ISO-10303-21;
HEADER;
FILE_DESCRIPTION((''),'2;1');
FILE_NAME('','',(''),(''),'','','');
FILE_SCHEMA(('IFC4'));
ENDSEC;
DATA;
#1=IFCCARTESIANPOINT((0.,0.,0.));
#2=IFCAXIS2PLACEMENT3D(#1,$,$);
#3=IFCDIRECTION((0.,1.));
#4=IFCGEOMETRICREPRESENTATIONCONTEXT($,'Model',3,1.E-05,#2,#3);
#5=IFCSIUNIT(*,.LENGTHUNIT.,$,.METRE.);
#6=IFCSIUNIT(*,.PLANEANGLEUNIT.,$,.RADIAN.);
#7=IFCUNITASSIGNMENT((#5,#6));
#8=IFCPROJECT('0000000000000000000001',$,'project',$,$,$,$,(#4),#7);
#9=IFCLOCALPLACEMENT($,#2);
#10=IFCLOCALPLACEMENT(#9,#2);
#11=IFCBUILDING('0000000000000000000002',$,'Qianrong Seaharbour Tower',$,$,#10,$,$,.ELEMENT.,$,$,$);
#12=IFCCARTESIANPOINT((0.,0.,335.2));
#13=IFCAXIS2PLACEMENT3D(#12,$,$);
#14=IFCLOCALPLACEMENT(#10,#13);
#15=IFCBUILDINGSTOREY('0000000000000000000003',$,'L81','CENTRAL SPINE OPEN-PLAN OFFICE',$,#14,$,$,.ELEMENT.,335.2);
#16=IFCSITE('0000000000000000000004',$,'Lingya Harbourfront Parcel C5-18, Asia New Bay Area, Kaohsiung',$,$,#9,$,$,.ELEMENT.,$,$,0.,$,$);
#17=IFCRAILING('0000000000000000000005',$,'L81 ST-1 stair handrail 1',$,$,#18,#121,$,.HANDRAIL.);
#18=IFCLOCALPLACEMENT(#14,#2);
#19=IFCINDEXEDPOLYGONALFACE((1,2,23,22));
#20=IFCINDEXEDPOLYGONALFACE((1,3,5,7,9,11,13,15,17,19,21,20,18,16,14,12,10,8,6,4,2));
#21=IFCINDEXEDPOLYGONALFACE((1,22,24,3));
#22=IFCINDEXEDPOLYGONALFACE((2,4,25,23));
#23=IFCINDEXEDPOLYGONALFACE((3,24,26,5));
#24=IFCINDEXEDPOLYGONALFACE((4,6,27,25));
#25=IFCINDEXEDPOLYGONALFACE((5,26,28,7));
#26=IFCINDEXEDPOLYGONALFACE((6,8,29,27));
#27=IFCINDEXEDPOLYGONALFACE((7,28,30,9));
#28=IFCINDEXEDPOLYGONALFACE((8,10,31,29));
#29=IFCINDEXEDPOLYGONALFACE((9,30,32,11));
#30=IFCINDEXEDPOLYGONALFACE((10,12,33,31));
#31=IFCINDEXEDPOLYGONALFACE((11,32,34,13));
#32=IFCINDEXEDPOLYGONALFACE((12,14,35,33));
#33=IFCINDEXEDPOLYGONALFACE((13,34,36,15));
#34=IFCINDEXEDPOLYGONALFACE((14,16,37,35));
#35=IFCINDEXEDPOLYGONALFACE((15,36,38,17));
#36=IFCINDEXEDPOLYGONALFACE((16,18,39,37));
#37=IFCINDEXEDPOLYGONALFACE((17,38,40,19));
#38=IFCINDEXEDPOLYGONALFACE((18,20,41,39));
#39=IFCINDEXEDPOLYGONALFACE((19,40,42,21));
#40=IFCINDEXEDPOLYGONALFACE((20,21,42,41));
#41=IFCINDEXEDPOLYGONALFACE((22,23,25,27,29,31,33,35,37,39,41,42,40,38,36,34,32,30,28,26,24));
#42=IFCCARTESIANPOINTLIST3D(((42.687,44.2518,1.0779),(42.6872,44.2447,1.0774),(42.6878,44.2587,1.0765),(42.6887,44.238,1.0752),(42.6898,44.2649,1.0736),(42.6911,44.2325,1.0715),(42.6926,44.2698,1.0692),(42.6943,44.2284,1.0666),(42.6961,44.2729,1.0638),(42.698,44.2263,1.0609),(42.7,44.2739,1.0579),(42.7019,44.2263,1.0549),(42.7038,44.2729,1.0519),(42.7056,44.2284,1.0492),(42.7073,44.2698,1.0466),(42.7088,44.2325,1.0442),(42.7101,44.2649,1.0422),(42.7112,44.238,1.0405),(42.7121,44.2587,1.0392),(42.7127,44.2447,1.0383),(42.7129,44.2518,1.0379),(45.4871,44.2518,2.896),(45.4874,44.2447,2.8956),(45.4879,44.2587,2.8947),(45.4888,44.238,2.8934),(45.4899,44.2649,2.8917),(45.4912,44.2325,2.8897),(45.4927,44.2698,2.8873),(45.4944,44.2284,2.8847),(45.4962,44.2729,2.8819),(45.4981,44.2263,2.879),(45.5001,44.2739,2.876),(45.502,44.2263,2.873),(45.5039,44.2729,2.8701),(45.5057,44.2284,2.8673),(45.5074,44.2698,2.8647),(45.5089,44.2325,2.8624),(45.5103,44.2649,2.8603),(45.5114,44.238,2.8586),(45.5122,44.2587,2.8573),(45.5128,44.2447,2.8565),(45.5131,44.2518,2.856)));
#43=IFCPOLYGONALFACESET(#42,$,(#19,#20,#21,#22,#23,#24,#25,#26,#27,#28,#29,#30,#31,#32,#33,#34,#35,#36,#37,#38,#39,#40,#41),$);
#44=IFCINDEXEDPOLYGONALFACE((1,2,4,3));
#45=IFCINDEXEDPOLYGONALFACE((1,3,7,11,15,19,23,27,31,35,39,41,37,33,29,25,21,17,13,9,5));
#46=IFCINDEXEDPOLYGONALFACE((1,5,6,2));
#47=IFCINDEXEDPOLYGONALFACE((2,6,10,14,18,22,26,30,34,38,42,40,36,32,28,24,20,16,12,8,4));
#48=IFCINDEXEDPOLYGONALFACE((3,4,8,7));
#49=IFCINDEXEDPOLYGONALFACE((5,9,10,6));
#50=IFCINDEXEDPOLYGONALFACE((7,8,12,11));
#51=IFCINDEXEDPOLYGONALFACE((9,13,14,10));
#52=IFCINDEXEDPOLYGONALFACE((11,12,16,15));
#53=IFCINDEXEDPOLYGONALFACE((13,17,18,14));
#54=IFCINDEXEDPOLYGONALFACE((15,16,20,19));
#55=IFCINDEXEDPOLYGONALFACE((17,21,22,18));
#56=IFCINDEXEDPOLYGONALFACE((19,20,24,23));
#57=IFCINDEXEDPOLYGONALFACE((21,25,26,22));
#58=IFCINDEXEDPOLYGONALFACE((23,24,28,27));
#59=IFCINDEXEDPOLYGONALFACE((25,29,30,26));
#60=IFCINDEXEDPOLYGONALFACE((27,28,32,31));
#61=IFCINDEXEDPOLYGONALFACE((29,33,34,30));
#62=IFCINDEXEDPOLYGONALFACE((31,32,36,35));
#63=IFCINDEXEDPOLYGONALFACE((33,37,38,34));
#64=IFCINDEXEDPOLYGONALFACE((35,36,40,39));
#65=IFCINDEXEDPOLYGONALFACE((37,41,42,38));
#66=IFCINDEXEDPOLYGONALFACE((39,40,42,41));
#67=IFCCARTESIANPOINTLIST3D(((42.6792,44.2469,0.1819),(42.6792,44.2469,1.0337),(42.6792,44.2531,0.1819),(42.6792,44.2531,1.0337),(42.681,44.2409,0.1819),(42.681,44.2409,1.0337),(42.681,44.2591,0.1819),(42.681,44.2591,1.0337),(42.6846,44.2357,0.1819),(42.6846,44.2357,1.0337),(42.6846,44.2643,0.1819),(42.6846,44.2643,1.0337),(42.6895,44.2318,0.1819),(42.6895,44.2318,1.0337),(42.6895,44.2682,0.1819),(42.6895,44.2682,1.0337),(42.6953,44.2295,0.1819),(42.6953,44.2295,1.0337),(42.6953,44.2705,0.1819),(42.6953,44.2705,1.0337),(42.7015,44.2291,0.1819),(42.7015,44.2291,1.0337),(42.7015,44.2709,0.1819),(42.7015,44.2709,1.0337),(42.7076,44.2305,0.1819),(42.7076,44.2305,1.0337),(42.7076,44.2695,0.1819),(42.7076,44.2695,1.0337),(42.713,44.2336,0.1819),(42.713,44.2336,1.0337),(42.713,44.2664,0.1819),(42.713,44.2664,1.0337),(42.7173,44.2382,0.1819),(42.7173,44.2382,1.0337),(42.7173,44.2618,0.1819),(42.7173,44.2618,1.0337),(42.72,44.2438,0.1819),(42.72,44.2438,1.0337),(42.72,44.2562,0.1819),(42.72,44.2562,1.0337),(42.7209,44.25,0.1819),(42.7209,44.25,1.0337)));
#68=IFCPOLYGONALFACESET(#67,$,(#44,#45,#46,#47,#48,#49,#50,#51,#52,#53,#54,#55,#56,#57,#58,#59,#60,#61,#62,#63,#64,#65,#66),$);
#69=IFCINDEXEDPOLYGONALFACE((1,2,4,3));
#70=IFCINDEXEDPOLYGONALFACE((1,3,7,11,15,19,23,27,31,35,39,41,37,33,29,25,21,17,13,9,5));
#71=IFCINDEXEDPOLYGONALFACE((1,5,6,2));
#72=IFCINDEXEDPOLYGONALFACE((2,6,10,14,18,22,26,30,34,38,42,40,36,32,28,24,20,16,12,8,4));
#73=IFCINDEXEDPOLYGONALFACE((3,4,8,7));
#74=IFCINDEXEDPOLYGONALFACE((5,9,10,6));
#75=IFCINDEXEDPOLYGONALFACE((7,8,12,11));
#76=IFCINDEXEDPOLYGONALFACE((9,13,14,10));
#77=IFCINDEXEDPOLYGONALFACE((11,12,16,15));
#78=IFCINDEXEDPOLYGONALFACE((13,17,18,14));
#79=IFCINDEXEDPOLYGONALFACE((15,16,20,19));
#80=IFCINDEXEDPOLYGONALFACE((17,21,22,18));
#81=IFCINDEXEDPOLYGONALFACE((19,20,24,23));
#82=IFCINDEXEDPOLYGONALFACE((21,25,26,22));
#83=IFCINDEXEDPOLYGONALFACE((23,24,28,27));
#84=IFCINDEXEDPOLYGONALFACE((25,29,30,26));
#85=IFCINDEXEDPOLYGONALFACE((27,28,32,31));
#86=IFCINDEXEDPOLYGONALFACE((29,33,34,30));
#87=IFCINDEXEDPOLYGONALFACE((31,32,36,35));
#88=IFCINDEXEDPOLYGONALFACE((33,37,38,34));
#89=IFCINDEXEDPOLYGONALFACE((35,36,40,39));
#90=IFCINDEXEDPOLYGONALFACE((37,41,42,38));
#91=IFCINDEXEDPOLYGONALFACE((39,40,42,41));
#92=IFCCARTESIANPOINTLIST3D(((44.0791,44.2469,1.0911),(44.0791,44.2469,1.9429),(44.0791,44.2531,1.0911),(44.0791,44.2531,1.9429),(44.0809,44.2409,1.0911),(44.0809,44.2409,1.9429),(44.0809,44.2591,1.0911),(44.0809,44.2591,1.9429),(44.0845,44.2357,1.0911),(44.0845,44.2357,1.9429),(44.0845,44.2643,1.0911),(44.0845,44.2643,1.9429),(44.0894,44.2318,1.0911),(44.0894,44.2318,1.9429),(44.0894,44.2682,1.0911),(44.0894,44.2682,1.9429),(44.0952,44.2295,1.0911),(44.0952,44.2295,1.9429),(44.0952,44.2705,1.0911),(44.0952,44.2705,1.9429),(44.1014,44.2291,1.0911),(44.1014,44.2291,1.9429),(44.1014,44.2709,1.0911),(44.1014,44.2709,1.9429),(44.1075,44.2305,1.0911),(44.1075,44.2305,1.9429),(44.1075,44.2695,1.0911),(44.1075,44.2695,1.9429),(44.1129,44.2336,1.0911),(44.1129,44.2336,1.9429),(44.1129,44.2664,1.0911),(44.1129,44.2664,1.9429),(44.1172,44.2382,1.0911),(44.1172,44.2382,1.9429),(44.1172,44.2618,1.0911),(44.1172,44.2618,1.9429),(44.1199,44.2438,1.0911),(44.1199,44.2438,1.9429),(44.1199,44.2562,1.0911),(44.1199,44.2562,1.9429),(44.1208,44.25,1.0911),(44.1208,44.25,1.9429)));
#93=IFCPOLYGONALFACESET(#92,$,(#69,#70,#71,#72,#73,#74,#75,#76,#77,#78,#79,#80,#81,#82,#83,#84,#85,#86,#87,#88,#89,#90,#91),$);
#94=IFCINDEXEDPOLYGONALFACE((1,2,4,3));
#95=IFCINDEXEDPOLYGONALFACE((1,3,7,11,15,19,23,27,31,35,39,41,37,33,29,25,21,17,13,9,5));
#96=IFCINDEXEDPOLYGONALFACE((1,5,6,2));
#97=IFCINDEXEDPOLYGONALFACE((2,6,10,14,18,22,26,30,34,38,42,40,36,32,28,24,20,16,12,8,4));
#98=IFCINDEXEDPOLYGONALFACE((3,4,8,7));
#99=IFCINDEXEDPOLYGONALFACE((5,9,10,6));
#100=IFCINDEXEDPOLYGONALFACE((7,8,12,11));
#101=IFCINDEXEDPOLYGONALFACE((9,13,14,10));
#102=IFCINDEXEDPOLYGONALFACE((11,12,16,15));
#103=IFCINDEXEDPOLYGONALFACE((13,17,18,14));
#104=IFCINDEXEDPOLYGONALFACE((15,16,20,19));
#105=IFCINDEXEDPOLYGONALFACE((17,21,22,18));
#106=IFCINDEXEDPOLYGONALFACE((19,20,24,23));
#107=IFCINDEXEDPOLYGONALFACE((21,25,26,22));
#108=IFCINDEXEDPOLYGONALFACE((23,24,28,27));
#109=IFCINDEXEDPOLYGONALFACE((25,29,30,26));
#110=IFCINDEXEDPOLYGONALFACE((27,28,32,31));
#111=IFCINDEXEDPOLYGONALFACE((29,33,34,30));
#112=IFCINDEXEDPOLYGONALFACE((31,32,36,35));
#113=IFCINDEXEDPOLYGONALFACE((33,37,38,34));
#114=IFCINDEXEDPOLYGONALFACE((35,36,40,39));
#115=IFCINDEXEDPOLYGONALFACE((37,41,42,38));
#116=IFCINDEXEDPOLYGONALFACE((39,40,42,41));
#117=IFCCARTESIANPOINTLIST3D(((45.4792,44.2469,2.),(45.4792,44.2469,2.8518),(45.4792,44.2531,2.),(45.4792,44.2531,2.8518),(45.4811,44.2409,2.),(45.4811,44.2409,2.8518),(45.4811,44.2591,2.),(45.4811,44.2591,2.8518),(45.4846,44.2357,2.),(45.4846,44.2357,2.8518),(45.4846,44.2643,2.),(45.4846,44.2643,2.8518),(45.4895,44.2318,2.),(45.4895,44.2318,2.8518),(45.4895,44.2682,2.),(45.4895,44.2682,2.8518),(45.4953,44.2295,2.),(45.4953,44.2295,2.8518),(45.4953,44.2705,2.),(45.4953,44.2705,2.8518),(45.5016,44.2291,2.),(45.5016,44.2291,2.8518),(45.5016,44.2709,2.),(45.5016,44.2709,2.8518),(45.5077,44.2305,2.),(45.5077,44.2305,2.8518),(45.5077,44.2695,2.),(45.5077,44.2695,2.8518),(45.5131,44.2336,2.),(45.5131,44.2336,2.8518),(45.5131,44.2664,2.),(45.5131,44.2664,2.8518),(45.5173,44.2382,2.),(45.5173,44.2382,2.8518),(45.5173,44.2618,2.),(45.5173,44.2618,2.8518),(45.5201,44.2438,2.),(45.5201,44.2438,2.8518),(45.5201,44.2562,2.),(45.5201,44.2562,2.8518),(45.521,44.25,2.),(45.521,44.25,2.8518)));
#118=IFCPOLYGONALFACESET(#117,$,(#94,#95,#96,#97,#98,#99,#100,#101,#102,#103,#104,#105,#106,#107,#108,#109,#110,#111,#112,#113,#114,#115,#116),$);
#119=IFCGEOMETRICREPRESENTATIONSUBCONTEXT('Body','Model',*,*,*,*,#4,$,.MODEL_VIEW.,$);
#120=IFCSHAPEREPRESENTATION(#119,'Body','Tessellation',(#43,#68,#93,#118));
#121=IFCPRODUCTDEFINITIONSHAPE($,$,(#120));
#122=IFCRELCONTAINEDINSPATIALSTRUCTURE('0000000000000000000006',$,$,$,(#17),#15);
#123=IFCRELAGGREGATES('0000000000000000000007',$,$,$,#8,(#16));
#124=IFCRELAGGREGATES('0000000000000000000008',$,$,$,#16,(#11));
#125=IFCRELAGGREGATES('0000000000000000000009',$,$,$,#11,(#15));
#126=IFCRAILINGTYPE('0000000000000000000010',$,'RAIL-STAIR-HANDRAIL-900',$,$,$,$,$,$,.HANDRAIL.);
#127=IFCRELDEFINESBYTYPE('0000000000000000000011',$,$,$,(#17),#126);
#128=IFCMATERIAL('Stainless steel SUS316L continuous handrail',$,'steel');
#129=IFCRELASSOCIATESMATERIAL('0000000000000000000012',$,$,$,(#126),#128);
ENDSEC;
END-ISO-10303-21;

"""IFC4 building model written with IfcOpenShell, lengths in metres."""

from ifc_helpers import new_model, si_unit, direction, frame, origin, origin_2d, place, context, subcontext, project, spatial, circle, extrude, material, type_object, element, save


model = new_model("IFC4")

# Units and contexts
model_context = context("Model", 3, precision=1e-05, world=origin(), true_north=direction((0.0, 1.0)))
body_context = subcontext(model_context, "Body", "Model", "MODEL_VIEW")
ifc_project = project(units=[si_unit("LENGTHUNIT", "METRE"), si_unit("PLANEANGLEUNIT", "RADIAN")], contexts=[model_context])

# Site, building, storey
site_placement = place(None, origin())
site = spatial("IfcSite", under=ifc_project, at=site_placement, Name="Lingya Harbourfront Parcel C5-18, Asia New Bay Area, Kaohsiung", CompositionType="ELEMENT", RefElevation=0.0)
building_placement = place(site_placement, origin())
building = spatial("IfcBuilding", under=site, at=building_placement, Name="Qianrong Seaharbour Tower", CompositionType="ELEMENT")
storey_placement = place(building_placement, frame((0.0, 0.0, 335.2)))
storey = spatial("IfcBuildingStorey", under=building, at=storey_placement, Name="L81", Description="CENTRAL SPINE OPEN-PLAN OFFICE", CompositionType="ELEMENT", Elevation=335.2)

# Railing
ifc_material_1 = material(Name="Stainless steel SUS316L continuous handrail", Category="steel")
railing_type_1 = type_object("IfcRailingType", Name="RAIL-STAIR-HANDRAIL-900", PredefinedType="HANDRAIL", material=ifc_material_1)
railing_1_placement = place(storey_placement, frame((42.7, 44.25, 0.1819)))
element("IfcRailing", 1, at=railing_1_placement, inside=storey, type_object=railing_type_1, Name="L81 ST-1 stair handrail 1", PredefinedType="HANDRAIL", context=body_context, shape_type="SweptSolid", body=[
    extrude(circle(Radius=0.0239, at=origin_2d()), frame((0.0, 0.0, 0.876), z_axis=(0.838706, 0.0, 0.544585), x_axis=(0.0, 1.0, 0.0)), (0.0, 0.0, 1.0), 3.3386),
    extrude(circle(Radius=0.021, at=origin_2d()), origin(), (0.0, 0.0, 1.0), 0.8518),
    extrude(circle(Radius=0.021, at=origin_2d()), frame((1.3999, 0.0, 0.9092)), (0.0, 0.0, 1.0), 0.8518),
    extrude(circle(Radius=0.021, at=origin_2d()), frame((2.8, 0.0, 1.8181)), (0.0, 0.0, 1.0), 0.8518),
])

save(model, "model.ifc")
